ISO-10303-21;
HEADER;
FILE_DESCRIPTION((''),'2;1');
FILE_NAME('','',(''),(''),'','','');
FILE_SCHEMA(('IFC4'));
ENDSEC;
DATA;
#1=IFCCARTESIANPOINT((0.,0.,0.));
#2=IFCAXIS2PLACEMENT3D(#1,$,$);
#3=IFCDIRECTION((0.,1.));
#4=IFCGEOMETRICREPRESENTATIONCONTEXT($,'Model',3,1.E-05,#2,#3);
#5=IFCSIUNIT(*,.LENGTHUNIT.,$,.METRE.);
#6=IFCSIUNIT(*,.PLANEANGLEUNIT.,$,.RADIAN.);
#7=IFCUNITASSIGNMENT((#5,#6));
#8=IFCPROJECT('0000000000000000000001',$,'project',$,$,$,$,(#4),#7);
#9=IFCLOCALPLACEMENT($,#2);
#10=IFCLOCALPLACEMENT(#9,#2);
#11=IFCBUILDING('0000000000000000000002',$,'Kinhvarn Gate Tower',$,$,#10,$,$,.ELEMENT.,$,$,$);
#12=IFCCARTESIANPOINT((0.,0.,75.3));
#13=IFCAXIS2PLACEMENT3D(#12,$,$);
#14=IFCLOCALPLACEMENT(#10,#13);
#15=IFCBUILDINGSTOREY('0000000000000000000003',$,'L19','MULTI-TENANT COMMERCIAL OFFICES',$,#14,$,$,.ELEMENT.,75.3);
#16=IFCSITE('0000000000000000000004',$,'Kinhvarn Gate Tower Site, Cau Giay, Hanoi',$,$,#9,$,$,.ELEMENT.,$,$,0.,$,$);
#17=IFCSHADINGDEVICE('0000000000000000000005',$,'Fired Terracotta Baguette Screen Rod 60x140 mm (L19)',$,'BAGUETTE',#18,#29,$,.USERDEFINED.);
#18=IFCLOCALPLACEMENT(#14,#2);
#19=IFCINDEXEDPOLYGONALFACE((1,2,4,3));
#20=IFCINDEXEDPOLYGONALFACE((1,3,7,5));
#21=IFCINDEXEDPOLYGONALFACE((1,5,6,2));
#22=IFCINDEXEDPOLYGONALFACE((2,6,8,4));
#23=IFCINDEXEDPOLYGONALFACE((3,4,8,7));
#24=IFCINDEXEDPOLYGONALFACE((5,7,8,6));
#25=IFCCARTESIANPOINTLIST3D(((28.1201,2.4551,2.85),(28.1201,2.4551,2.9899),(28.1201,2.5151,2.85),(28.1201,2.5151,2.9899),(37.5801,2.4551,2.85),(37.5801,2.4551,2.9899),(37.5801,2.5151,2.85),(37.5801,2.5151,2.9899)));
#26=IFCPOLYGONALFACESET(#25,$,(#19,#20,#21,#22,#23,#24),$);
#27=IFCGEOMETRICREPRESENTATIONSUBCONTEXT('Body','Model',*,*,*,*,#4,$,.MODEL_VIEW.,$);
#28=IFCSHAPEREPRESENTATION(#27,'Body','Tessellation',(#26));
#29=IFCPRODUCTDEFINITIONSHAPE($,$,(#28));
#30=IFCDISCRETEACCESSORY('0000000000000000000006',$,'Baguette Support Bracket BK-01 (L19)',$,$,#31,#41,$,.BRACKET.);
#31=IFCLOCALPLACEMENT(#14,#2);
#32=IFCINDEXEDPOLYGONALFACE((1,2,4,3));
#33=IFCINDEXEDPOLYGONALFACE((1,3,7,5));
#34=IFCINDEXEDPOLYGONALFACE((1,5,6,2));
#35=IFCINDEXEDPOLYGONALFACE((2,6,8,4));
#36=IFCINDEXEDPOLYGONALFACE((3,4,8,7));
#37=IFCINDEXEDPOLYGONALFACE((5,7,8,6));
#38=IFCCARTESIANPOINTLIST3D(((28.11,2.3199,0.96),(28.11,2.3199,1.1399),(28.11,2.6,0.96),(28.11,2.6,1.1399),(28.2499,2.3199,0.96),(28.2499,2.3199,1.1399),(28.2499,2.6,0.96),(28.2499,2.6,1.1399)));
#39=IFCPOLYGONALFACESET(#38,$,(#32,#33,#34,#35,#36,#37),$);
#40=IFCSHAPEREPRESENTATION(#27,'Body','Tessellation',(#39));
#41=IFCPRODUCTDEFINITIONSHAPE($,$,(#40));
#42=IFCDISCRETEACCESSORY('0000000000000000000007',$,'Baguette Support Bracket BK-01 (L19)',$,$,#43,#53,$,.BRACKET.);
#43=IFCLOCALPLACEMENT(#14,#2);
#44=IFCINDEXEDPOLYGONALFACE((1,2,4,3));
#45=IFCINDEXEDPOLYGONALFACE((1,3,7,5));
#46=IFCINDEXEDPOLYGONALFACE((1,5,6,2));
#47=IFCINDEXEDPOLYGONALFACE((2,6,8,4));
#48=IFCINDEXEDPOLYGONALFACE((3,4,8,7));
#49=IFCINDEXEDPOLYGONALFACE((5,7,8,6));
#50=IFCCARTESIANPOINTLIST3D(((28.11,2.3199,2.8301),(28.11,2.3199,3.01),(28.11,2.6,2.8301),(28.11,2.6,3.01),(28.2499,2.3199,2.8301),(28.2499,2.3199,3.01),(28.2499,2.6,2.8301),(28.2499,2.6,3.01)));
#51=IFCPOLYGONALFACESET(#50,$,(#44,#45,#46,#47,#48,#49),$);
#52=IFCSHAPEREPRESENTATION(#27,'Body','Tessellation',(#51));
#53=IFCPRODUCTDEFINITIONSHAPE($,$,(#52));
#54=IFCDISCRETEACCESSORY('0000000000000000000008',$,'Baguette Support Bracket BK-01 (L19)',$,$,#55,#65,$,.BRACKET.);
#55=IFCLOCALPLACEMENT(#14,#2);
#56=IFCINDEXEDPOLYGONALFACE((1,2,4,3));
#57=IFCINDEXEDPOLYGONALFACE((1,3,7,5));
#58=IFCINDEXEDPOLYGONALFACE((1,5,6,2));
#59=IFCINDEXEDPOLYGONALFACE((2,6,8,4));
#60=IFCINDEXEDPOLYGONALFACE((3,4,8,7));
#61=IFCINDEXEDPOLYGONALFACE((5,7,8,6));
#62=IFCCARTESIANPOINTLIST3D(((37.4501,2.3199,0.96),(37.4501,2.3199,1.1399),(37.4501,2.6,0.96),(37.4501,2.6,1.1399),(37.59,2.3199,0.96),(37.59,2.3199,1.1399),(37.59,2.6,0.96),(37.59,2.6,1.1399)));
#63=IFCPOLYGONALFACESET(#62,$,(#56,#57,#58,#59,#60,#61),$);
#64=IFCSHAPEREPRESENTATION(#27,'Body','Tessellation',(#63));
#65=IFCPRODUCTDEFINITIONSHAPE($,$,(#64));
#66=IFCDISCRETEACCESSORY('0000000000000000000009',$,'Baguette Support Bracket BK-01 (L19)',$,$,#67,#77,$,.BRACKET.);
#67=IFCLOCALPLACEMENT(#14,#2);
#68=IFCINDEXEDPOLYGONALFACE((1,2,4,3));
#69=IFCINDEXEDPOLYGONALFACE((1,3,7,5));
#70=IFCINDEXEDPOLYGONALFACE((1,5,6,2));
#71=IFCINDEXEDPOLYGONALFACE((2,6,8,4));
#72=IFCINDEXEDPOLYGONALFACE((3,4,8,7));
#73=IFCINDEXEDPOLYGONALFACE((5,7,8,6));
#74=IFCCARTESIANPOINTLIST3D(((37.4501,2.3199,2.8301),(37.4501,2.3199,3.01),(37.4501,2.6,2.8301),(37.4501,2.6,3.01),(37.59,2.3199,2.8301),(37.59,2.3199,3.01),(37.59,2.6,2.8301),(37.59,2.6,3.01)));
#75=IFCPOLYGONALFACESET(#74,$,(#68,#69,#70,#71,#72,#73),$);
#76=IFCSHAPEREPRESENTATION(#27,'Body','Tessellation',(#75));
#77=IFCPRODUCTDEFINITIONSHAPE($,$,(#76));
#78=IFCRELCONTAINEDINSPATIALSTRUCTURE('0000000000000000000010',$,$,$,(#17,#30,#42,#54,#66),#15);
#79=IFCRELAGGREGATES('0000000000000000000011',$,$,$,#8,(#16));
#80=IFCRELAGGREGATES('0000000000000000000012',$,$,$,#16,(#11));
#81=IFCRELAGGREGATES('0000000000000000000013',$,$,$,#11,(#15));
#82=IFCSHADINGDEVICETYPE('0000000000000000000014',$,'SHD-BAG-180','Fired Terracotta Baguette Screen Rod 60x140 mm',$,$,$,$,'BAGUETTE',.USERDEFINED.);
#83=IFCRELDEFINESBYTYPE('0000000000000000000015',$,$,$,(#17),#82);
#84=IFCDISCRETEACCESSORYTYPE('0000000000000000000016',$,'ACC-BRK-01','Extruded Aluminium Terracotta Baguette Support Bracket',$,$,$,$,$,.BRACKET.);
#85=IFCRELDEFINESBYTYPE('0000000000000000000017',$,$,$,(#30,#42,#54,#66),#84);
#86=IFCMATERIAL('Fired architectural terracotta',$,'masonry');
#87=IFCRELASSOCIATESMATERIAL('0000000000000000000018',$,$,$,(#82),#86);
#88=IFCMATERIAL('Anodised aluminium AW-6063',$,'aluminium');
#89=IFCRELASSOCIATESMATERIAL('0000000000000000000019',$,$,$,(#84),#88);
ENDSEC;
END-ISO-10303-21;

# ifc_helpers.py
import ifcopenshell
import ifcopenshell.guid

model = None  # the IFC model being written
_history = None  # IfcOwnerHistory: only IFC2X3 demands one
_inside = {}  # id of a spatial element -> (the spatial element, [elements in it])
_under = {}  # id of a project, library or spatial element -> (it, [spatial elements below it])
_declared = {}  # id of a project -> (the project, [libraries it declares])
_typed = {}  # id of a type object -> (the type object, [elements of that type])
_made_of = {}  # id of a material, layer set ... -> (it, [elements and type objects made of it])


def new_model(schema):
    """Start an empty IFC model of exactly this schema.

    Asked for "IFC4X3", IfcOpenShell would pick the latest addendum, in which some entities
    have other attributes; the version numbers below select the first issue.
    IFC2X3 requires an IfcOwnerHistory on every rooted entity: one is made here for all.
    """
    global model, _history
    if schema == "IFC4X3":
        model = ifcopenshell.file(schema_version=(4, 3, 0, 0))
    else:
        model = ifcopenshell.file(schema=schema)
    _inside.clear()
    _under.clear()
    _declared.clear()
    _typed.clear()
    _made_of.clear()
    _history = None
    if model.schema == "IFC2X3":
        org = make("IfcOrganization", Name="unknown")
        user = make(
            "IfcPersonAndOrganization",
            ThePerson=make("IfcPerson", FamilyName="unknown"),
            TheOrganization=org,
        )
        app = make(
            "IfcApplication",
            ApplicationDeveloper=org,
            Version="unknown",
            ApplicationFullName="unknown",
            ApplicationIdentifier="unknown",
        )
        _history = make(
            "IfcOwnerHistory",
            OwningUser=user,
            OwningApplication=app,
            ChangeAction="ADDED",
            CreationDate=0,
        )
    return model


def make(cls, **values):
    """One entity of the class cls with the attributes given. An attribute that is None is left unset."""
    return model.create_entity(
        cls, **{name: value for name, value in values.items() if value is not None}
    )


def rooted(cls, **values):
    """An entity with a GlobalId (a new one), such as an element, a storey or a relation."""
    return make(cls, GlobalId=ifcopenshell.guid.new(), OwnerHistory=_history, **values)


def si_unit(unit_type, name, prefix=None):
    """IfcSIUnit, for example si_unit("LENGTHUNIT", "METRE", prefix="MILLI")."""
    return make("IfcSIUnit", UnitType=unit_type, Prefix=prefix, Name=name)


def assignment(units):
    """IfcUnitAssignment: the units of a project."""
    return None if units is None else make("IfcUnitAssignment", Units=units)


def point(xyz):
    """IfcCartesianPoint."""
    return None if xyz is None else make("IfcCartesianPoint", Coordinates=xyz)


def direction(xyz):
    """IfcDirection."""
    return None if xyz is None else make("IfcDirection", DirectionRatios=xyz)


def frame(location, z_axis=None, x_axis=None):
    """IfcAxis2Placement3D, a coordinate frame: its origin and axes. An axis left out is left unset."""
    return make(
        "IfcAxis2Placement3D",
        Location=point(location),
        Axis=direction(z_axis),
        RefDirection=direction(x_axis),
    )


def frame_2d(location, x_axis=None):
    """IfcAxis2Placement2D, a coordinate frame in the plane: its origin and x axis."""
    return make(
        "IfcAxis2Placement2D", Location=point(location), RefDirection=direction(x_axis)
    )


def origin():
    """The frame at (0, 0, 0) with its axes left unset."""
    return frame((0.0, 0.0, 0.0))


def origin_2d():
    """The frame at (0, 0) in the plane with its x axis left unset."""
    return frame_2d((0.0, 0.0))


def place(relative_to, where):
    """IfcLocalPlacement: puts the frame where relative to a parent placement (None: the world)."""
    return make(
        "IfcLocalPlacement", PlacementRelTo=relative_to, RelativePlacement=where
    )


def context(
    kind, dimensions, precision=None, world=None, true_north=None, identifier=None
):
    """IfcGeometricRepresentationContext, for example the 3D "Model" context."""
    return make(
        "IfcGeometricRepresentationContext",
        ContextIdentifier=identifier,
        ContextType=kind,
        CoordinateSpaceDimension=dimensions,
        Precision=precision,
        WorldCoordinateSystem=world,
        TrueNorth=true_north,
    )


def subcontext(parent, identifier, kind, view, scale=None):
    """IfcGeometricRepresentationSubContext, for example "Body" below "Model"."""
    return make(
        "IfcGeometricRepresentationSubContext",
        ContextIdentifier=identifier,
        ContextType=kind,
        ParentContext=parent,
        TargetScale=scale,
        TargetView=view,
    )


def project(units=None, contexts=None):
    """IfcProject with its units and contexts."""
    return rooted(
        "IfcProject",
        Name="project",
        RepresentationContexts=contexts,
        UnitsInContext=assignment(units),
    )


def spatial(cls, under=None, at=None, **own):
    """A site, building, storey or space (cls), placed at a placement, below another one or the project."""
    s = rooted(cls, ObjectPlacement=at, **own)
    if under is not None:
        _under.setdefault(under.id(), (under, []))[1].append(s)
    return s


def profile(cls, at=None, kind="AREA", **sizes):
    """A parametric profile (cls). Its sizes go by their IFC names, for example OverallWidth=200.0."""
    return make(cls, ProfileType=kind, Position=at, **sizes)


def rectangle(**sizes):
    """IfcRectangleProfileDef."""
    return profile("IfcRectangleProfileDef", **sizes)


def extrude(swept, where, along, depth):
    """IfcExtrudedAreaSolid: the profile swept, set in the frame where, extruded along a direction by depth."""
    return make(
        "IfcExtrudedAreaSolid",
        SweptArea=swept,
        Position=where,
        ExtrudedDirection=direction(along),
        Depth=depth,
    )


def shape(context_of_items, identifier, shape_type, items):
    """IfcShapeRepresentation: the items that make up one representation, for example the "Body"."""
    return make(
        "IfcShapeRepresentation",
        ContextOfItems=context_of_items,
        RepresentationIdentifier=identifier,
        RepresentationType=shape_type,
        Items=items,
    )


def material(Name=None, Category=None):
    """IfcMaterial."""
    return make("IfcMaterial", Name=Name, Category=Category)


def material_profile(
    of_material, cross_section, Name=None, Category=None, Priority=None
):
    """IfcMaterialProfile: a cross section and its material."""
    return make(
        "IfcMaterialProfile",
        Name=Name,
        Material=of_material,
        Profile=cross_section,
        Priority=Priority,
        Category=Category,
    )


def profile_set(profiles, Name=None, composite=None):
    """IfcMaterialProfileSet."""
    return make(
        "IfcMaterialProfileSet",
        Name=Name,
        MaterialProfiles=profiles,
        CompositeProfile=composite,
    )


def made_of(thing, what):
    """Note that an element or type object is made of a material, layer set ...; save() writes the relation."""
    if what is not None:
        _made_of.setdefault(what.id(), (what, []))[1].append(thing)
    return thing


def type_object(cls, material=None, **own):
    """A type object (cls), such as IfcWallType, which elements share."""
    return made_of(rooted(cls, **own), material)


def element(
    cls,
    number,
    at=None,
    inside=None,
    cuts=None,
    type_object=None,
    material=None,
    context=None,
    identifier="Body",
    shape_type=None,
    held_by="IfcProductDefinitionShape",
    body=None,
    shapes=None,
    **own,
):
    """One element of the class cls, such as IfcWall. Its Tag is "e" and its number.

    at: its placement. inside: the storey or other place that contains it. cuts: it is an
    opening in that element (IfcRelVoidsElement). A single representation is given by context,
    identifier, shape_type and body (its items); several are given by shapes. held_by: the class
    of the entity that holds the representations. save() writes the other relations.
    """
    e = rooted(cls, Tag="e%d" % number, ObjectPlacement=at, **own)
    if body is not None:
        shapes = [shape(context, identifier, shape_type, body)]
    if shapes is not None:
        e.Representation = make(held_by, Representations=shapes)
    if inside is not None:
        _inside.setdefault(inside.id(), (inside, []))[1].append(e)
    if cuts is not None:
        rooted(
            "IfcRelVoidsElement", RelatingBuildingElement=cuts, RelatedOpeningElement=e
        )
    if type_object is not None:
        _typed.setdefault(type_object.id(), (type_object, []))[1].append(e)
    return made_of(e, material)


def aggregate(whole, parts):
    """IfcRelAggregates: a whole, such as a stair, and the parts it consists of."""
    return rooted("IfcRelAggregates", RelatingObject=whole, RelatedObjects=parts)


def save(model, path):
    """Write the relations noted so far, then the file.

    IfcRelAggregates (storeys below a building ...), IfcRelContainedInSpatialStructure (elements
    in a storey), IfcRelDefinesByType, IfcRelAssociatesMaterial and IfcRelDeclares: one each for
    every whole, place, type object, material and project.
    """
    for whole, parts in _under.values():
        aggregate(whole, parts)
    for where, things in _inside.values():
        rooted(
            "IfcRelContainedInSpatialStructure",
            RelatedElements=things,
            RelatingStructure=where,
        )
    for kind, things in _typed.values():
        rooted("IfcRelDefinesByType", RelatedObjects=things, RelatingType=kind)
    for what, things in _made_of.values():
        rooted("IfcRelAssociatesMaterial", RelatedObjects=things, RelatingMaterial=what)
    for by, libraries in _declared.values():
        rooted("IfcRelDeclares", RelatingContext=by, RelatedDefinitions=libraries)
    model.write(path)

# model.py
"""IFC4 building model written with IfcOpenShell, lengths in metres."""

from ifc_helpers import new_model, si_unit, direction, frame, origin, origin_2d, place, context, subcontext, project, spatial, rectangle, extrude, material, material_profile, profile_set, type_object, element, save


model = new_model("IFC4")

# Units and contexts
model_context = context("Model", 3, precision=1e-05, world=origin(), true_north=direction((0.0, 1.0)))
body_context = subcontext(model_context, "Body", "Model", "MODEL_VIEW")
ifc_project = project(units=[si_unit("LENGTHUNIT", "METRE"), si_unit("PLANEANGLEUNIT", "RADIAN")], contexts=[model_context])

# Site, building, storey
site_placement = place(None, origin())
site = spatial("IfcSite", under=ifc_project, at=site_placement, Name="Kinhvarn Gate Tower Site, Cau Giay, Hanoi", CompositionType="ELEMENT", RefElevation=0.0)
building_placement = place(site_placement, origin())
building = spatial("IfcBuilding", under=site, at=building_placement, Name="Kinhvarn Gate Tower", CompositionType="ELEMENT")
storey_placement = place(building_placement, frame((0.0, 0.0, 75.3)))
storey = spatial("IfcBuildingStorey", under=building, at=storey_placement, Name="L19", Description="MULTI-TENANT COMMERCIAL OFFICES", CompositionType="ELEMENT", Elevation=75.3)

# Shared definitions
ifc_material_1 = material(Name="Anodised aluminium AW-6063", Category="aluminium")

# Shading device
ifc_material_2 = material(Name="Fired architectural terracotta", Category="masonry")
ifc_material_profile_1 = material_profile(ifc_material_2, rectangle(XDim=0.0601, YDim=0.1399, at=origin_2d()), Name="TC 60x140")
ifc_profile_set_1 = profile_set([ifc_material_profile_1], Name="Fired architectural terracotta")
shading_device_type = type_object("IfcShadingDeviceType", Name="SHD-BAG-180", Description="Fired Terracotta Baguette Screen Rod 60x140 mm", ElementType="BAGUETTE", PredefinedType="USERDEFINED", material=ifc_profile_set_1)
for number, where, z_axis, x_axis, name in (
    (1, (28.1201, 2.4851, 2.9199), (1.0, 0.0, 0.0), (0.0, 1.0, 0.0), "Fired Terracotta Baguette Screen Rod 60x140 mm (L19)"),
):
    element("IfcShadingDevice", number, at=place(storey_placement, frame(where, z_axis=z_axis, x_axis=x_axis)), inside=storey, type_object=shading_device_type, Name=name, ObjectType="BAGUETTE", PredefinedType="USERDEFINED", context=body_context, shape_type="SweptSolid", body=[
        extrude(rectangle(XDim=0.0601, YDim=0.1399, at=origin_2d()), origin(), (0.0, 0.0, 1.0), 9.46),
    ])

# Discrete accessories
discrete_accessory_type = type_object("IfcDiscreteAccessoryType", Name="ACC-BRK-01", Description="Extruded Aluminium Terracotta Baguette Support Bracket", PredefinedType="BRACKET", material=ifc_material_1)
for number, where, z_axis, x_axis, name in (
    (2, (28.1799, 2.46, 0.96), (0.0, 0.0, 1.0), (1.0, 0.0, 0.0), "Baguette Support Bracket BK-01 (L19)"),
    (3, (28.1799, 2.46, 2.8301), (0.0, 0.0, 1.0), (1.0, 0.0, 0.0), "Baguette Support Bracket BK-01 (L19)"),
    (4, (37.52, 2.46, 0.96), (0.0, 0.0, 1.0), (1.0, 0.0, 0.0), "Baguette Support Bracket BK-01 (L19)"),
    (5, (37.52, 2.46, 2.8301), (0.0, 0.0, 1.0), (1.0, 0.0, 0.0), "Baguette Support Bracket BK-01 (L19)"),
):
    element("IfcDiscreteAccessory", number, at=place(storey_placement, frame(where, z_axis=z_axis, x_axis=x_axis)), inside=storey, type_object=discrete_accessory_type, Name=name, PredefinedType="BRACKET", context=body_context, shape_type="SweptSolid", body=[
        extrude(rectangle(XDim=0.1399, YDim=0.28, at=origin_2d()), origin(), (0.0, 0.0, 1.0), 0.1799),
    ])

save(model, "model.ifc")
